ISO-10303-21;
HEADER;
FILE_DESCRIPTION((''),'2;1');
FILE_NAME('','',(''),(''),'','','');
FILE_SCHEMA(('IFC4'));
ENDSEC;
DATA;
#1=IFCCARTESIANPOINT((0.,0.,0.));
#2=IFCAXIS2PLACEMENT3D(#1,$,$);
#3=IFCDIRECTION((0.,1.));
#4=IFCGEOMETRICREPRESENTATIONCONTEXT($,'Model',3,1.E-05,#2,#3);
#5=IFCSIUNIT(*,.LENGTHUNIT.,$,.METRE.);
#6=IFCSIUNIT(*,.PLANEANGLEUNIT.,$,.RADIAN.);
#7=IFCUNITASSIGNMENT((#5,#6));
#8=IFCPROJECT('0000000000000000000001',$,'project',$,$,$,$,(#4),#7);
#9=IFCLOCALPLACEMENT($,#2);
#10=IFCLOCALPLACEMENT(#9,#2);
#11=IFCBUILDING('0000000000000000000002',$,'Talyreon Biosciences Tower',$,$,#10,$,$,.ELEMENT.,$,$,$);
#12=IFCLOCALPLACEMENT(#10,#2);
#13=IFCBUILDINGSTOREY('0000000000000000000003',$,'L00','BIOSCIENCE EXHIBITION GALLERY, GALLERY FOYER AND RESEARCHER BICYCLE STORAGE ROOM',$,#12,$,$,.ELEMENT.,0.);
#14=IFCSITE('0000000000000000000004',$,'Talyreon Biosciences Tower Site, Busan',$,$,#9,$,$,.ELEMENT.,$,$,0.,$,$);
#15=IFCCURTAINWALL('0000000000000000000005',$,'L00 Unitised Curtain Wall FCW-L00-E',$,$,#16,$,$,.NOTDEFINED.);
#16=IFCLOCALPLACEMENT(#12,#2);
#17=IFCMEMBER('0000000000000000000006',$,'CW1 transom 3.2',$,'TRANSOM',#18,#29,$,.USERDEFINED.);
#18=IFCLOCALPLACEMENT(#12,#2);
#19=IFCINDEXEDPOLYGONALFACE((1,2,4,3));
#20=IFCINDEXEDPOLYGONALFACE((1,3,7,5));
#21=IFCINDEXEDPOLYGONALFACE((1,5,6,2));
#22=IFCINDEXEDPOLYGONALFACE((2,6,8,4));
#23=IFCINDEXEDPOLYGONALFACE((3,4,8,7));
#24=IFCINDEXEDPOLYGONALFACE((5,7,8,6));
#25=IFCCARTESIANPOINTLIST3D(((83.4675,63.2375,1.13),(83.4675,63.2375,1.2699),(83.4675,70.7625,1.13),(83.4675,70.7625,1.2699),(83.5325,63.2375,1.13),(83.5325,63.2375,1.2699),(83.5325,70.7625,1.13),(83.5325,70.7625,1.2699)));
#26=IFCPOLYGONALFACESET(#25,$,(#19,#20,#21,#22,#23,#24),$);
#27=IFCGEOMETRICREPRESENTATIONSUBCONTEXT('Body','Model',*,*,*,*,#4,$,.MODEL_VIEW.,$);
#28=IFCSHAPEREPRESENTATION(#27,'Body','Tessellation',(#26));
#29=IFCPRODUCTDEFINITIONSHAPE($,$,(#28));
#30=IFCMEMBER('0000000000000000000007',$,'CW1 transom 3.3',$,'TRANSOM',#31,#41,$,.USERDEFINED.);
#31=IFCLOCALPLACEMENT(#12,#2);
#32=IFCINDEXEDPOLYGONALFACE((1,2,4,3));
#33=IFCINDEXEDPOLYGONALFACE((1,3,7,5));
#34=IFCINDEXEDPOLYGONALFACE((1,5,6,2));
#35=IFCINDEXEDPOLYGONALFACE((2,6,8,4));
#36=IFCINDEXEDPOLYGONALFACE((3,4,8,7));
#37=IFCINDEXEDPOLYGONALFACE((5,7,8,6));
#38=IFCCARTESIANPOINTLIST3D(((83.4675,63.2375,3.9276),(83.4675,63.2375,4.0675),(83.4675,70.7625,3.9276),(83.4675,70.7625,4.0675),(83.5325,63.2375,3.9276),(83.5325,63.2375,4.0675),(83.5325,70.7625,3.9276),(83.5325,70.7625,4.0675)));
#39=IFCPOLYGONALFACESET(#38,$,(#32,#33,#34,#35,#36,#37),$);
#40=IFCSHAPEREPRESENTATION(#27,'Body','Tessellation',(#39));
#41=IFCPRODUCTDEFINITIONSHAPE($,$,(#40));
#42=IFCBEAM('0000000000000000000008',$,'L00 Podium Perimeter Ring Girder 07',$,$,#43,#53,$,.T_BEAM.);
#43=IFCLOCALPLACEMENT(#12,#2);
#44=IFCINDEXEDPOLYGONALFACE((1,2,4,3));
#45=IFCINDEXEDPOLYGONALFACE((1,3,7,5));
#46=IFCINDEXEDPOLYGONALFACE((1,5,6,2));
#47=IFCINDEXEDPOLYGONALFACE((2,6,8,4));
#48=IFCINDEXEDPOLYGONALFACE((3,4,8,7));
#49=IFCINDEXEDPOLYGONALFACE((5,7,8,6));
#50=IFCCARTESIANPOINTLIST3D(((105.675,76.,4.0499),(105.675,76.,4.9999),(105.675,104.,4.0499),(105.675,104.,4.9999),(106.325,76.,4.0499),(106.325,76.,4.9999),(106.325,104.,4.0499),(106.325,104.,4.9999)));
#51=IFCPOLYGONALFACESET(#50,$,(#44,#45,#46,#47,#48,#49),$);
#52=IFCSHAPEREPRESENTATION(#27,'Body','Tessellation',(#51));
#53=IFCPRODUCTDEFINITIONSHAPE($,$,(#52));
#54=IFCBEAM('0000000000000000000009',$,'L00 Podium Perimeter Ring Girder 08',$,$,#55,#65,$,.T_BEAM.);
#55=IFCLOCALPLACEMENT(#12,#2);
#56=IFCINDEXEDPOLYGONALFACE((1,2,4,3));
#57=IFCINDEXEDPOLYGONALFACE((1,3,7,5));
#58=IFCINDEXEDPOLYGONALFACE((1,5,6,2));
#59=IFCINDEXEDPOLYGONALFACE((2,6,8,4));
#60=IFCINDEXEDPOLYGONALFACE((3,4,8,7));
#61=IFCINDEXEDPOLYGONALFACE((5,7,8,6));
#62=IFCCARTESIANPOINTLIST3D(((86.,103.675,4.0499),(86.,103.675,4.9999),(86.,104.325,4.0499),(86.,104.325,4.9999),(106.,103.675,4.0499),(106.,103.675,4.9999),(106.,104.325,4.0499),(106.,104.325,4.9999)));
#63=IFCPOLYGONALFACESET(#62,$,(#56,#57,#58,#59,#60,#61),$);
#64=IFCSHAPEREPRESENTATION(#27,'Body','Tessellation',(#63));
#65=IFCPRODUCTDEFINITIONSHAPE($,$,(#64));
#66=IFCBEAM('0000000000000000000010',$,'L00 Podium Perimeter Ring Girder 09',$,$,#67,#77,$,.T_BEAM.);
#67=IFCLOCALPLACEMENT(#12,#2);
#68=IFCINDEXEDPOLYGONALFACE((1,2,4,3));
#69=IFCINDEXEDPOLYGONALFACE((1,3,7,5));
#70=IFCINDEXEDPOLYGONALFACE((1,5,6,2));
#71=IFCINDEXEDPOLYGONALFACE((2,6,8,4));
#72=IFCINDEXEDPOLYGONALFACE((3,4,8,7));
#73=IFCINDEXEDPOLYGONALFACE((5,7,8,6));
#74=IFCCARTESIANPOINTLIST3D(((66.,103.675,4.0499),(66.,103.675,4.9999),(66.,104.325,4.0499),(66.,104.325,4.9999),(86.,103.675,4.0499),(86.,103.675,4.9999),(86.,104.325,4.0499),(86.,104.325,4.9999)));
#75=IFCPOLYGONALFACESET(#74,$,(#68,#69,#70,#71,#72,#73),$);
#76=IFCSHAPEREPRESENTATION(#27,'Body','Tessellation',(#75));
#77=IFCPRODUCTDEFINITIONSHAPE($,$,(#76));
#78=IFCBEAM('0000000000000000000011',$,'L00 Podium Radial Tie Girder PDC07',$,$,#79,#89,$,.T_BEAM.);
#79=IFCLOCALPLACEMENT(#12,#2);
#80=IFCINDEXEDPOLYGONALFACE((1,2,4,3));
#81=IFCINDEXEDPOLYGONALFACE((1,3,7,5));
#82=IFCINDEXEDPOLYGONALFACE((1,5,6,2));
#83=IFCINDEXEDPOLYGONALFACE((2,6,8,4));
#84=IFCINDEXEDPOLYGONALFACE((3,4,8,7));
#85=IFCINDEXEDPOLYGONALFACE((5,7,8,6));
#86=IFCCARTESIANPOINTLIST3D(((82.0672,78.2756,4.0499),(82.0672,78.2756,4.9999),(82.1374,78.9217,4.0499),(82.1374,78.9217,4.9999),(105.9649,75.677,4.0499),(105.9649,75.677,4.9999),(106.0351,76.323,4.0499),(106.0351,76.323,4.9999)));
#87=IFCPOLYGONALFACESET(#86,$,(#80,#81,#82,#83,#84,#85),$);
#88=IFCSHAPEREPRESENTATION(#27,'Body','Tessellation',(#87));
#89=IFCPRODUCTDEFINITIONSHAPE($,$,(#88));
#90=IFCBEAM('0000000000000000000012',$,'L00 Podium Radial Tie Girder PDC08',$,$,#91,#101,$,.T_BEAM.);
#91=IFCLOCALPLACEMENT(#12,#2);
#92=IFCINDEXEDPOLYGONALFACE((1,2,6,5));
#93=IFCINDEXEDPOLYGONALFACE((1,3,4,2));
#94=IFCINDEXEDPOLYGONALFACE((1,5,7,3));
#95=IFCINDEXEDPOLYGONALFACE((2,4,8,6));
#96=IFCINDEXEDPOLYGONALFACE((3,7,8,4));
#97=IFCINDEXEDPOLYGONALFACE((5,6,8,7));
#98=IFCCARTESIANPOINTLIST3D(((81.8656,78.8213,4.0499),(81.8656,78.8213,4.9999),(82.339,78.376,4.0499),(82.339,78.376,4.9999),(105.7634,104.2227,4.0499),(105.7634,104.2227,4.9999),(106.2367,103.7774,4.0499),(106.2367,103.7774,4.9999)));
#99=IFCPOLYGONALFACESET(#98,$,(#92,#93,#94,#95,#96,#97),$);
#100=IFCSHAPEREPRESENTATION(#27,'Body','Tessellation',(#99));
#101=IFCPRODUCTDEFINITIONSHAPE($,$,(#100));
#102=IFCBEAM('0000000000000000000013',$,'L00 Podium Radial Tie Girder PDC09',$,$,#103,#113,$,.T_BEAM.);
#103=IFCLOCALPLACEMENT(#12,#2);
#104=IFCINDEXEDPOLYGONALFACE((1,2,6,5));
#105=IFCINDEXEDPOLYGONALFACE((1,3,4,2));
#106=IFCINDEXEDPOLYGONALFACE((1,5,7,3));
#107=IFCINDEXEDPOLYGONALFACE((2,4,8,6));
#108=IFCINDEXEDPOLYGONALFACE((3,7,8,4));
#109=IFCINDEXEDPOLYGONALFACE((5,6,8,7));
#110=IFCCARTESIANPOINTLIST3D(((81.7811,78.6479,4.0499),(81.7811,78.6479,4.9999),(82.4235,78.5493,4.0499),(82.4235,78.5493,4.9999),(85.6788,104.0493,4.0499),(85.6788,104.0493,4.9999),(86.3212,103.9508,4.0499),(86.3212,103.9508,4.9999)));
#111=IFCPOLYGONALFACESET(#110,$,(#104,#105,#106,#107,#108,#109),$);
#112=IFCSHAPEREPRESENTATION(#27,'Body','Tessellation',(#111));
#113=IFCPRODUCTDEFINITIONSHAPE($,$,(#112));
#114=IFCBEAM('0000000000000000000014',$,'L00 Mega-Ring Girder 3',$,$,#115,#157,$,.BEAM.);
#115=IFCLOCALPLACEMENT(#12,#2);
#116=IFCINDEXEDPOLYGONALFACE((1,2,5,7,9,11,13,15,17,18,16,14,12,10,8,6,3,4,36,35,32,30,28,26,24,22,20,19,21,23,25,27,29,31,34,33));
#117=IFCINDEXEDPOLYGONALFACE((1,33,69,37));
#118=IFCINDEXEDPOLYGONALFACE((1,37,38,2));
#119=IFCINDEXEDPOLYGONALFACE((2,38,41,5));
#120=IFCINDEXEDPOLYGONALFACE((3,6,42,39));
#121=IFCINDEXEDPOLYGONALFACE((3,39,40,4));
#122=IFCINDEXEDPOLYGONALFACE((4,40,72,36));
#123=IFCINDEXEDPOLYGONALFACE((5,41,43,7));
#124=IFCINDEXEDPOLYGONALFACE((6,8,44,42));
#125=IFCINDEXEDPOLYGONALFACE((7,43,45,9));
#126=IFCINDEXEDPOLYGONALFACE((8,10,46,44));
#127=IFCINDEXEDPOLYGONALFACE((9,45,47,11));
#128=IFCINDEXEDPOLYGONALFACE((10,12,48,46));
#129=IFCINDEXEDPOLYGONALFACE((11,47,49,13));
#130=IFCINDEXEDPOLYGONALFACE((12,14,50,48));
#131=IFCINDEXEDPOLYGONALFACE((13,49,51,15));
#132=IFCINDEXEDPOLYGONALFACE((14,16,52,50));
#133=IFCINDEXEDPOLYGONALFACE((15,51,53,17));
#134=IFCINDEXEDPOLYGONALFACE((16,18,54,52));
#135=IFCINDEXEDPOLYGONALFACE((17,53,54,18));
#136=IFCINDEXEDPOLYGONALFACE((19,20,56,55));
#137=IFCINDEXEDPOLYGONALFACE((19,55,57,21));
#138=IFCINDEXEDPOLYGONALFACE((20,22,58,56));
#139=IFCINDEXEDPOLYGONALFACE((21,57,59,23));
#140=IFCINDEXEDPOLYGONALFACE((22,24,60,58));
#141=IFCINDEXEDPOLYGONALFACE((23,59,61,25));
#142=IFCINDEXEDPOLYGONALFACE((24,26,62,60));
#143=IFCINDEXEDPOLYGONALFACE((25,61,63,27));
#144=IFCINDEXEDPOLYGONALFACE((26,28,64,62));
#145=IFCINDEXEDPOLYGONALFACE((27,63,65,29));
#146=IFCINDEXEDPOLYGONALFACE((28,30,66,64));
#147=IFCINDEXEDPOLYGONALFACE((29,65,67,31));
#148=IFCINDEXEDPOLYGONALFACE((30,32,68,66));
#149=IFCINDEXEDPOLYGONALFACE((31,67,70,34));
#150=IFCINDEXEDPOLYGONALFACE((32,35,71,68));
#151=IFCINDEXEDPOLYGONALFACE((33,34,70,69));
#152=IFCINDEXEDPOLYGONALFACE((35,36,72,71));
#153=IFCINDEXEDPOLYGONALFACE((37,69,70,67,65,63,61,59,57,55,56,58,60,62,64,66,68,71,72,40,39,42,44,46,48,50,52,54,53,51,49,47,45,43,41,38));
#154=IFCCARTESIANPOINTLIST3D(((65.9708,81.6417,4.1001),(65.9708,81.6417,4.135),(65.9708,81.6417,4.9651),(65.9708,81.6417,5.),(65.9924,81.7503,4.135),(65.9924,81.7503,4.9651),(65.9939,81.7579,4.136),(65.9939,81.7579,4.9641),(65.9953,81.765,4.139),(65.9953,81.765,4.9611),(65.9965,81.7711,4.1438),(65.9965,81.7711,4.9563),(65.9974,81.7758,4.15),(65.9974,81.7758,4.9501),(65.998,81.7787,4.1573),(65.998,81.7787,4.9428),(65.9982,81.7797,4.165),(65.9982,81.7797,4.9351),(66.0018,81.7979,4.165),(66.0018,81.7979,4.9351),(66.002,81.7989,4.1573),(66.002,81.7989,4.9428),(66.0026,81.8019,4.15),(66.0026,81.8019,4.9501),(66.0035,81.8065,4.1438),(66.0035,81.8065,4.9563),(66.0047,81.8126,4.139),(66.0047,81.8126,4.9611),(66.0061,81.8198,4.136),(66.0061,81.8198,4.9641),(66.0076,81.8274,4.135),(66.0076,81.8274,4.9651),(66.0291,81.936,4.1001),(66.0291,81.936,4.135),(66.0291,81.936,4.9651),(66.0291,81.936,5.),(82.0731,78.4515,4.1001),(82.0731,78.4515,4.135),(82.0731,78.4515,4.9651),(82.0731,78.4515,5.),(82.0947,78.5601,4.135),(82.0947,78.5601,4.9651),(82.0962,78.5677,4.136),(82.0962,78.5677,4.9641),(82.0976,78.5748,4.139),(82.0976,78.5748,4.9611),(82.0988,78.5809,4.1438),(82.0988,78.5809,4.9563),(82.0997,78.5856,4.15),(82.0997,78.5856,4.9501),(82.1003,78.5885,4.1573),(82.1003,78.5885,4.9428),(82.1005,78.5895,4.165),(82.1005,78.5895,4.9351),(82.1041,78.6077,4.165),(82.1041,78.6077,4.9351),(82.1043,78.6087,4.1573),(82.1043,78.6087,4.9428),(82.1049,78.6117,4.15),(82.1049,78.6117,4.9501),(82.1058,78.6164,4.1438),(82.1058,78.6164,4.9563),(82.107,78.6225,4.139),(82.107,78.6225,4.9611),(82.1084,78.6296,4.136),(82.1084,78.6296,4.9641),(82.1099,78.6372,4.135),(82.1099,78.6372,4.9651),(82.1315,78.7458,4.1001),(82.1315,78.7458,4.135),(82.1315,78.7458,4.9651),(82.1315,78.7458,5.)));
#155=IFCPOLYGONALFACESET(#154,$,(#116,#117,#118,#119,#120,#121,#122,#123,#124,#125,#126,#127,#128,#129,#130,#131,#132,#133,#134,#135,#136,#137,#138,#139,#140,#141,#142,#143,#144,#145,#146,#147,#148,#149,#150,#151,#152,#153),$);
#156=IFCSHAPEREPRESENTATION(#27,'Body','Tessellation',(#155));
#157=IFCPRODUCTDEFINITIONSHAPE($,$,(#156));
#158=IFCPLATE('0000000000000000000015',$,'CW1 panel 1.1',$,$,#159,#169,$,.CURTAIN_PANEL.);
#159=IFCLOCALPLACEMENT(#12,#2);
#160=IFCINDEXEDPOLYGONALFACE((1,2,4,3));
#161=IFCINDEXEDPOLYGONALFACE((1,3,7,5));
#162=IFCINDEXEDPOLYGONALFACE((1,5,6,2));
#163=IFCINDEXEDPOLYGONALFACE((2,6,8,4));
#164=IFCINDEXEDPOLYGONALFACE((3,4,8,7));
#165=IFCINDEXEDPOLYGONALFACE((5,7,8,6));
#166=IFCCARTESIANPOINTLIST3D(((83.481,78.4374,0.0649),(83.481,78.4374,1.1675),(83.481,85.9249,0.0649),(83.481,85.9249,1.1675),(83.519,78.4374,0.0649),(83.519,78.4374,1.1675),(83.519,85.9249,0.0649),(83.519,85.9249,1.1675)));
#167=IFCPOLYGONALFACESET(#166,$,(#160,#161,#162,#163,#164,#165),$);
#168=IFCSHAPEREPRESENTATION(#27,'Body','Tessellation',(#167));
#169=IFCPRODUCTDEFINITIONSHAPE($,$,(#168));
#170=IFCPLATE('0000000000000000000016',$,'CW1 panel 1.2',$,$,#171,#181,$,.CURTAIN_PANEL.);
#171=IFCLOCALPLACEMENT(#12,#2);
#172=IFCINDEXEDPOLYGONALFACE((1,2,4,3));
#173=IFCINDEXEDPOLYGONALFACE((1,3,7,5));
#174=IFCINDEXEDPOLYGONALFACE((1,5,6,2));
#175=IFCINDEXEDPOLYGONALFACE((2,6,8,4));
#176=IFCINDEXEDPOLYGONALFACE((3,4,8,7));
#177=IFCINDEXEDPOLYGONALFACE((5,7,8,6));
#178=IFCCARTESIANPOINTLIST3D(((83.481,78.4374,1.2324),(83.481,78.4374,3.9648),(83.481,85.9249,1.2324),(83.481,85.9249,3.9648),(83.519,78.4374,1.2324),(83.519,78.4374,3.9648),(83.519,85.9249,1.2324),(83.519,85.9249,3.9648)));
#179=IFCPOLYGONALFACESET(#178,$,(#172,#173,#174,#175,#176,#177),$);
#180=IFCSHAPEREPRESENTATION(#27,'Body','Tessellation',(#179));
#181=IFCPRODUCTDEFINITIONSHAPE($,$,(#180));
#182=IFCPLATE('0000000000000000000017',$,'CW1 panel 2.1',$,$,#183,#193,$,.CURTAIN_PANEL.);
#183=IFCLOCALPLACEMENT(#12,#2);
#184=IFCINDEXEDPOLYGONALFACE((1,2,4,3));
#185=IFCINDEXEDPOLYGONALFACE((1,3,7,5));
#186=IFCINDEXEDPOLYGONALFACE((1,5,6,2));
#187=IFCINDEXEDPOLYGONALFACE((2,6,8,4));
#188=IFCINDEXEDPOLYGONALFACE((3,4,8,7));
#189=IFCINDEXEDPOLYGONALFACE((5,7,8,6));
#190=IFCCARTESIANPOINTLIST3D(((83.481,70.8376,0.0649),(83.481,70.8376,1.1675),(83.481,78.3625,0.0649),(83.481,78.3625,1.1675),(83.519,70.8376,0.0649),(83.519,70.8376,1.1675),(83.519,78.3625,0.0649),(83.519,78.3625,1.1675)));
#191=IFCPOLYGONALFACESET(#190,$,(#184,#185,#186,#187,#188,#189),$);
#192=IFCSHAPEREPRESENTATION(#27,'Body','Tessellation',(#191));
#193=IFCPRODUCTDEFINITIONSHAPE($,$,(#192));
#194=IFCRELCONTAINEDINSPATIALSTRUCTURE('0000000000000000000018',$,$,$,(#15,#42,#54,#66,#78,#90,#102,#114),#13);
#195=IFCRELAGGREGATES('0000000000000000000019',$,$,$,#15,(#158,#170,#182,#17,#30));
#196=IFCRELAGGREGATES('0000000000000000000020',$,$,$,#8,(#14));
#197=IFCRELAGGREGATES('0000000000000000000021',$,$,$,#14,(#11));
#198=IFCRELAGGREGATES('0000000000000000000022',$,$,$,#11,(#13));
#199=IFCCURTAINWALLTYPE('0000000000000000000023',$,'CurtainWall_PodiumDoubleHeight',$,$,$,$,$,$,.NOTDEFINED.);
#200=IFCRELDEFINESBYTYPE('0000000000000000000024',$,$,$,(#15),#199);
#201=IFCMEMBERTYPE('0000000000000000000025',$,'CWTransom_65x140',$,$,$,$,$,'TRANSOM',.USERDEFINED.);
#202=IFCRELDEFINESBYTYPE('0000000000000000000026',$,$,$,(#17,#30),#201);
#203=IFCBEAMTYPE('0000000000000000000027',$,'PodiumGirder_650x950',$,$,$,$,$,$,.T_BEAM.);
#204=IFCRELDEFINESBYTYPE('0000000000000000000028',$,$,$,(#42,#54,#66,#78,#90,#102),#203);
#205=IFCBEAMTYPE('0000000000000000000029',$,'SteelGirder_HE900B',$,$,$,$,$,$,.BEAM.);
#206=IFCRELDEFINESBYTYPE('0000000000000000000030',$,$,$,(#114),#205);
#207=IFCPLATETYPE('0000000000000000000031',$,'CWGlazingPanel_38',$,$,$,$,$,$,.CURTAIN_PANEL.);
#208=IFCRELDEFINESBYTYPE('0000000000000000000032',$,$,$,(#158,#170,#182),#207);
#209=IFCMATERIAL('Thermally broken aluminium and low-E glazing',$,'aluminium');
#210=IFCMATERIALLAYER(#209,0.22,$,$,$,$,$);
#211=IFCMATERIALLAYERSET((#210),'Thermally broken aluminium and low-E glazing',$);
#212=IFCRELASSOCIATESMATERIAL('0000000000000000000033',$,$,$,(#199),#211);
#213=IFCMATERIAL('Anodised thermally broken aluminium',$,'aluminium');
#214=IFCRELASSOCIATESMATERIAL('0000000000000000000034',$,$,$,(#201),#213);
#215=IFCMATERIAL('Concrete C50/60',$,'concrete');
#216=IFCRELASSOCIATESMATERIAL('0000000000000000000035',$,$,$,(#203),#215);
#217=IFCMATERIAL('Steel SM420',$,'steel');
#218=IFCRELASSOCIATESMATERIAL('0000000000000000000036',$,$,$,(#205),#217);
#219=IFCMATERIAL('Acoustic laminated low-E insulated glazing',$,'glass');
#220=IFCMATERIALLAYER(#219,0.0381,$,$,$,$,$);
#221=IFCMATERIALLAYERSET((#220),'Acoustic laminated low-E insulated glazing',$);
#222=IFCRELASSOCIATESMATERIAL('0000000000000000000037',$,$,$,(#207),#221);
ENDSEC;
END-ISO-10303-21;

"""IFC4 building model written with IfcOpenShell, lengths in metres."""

from ifc_helpers import new_model, si_unit, direction, frame, origin, origin_2d, place, context, subcontext, project, spatial, rectangle, i_section, extrude, material, layer, layer_set, material_profile, profile_set, type_object, element, aggregate, save


model = new_model("IFC4")

# Units and contexts
model_context = context("Model", 3, precision=1e-05, world=origin(), true_north=direction((0.0, 1.0)))
body_context = subcontext(model_context, "Body", "Model", "MODEL_VIEW")
ifc_project = project(units=[si_unit("LENGTHUNIT", "METRE"), si_unit("PLANEANGLEUNIT", "RADIAN")], contexts=[model_context])

# Site, building, storey
site_placement = place(None, origin())
site = spatial("IfcSite", under=ifc_project, at=site_placement, Name="Talyreon Biosciences Tower Site, Busan", CompositionType="ELEMENT", RefElevation=0.0)
building_placement = place(site_placement, origin())
building = spatial("IfcBuilding", under=site, at=building_placement, Name="Talyreon Biosciences Tower", CompositionType="ELEMENT")
storey_placement = place(building_placement, origin())
storey = spatial("IfcBuildingStorey", under=building, at=storey_placement, Name="L00", Description="BIOSCIENCE EXHIBITION GALLERY, GALLERY FOYER AND RESEARCHER BICYCLE STORAGE ROOM", CompositionType="ELEMENT", Elevation=0.0)

# Curtain wall, members
ifc_material_1 = material(Name="Thermally broken aluminium and low-E glazing", Category="aluminium")
ifc_layer_1 = layer(ifc_material_1, 0.22)
ifc_layer_set_1 = layer_set([ifc_layer_1], Name="Thermally broken aluminium and low-E glazing")
curtain_wall_type = type_object("IfcCurtainWallType", Name="CurtainWall_PodiumDoubleHeight", PredefinedType="NOTDEFINED", material=ifc_layer_set_1)
curtain_wall_placement = place(storey_placement, origin())
curtain_wall = element("IfcCurtainWall", 1, at=curtain_wall_placement, inside=storey, type_object=curtain_wall_type, Name="L00 Unitised Curtain Wall FCW-L00-E", PredefinedType="NOTDEFINED")
ifc_material_2 = material(Name="Anodised thermally broken aluminium", Category="aluminium")
ifc_material_profile_1 = material_profile(ifc_material_2, rectangle(XDim=0.0649, YDim=0.1399, at=origin_2d()), Name="ALUM TRANSOM 65x140")
ifc_profile_set_1 = profile_set([ifc_material_profile_1], Name="Anodised thermally broken aluminium")
member_type_1 = type_object("IfcMemberType", Name="CWTransom_65x140", ElementType="TRANSOM", PredefinedType="USERDEFINED", material=ifc_profile_set_1)
member_1_placement = place(storey_placement, frame((83.5, 70.7625, 1.2), z_axis=(0.0, -1.0, 0.0), x_axis=(1.0, 0.0, 0.0)))
member_1 = element("IfcMember", 2, at=member_1_placement, type_object=member_type_1, Name="CW1 transom 3.2", ObjectType="TRANSOM", PredefinedType="USERDEFINED", context=body_context, shape_type="SweptSolid", body=[
    extrude(rectangle(XDim=0.0649, YDim=0.1399, at=origin_2d()), origin(), (0.0, 0.0, 1.0), 7.5249),
])
member_2_placement = place(storey_placement, frame((83.5, 70.7625, 3.9976), z_axis=(0.0, -1.0, 0.0), x_axis=(1.0, 0.0, 0.0)))
member_2 = element("IfcMember", 3, at=member_2_placement, type_object=member_type_1, Name="CW1 transom 3.3", ObjectType="TRANSOM", PredefinedType="USERDEFINED", context=body_context, shape_type="SweptSolid", body=[
    extrude(rectangle(XDim=0.0649, YDim=0.1399, at=origin_2d()), origin(), (0.0, 0.0, 1.0), 7.5249),
])

# Beams
ifc_material_3 = material(Name="Concrete C50/60", Category="concrete")
ifc_material_profile_2 = material_profile(ifc_material_3, rectangle(XDim=0.6499, YDim=0.95, at=origin_2d()), Name="RCB 650x950")
ifc_profile_set_2 = profile_set([ifc_material_profile_2], Name="Concrete C50/60")
beam_type_1 = type_object("IfcBeamType", Name="PodiumGirder_650x950", PredefinedType="T_BEAM", material=ifc_profile_set_2)
beam_1_placement = place(storey_placement, frame((106.0, 76.0, 4.5249), z_axis=(0.0, 1.0, 0.0), x_axis=(-1.0, 0.0, 0.0)))
element("IfcBeam", 4, at=beam_1_placement, inside=storey, type_object=beam_type_1, Name="L00 Podium Perimeter Ring Girder 07", PredefinedType="T_BEAM", context=body_context, shape_type="SweptSolid", body=[
    extrude(rectangle(XDim=0.6499, YDim=0.95, at=origin_2d()), origin(), (0.0, 0.0, 1.0), 28.0),
])
for number, where, z_axis, x_axis, name in (
    (5, (106.0, 104.0, 4.5249), (-1.0, 0.0, 0.0), (0.0, -1.0, 0.0), "L00 Podium Perimeter Ring Girder 08"),
    (6, (86.0, 104.0, 4.5249), (-1.0, 0.0, 0.0), (0.0, -1.0, 0.0), "L00 Podium Perimeter Ring Girder 09"),
):
    element("IfcBeam", number, at=place(storey_placement, frame(where, z_axis=z_axis, x_axis=x_axis)), inside=storey, type_object=beam_type_1, Name=name, PredefinedType="T_BEAM", context=body_context, shape_type="SweptSolid", body=[
        extrude(rectangle(XDim=0.6499, YDim=0.95, at=origin_2d()), origin(), (0.0, 0.0, 1.0), 20.0),
    ])
beam_2_placement = place(storey_placement, frame((82.1023, 78.5986, 4.5249), z_axis=(0.99414, -0.108103, 0.0), x_axis=(0.108103, 0.99414, 0.0)))
element("IfcBeam", 7, at=beam_2_placement, inside=storey, type_object=beam_type_1, Name="L00 Podium Radial Tie Girder PDC07", PredefinedType="T_BEAM", context=body_context, shape_type="SweptSolid", body=[
    extrude(rectangle(XDim=0.6499, YDim=0.95, at=origin_2d()), origin(), (0.0, 0.0, 1.0), 24.0386),
])
beam_3_placement = place(storey_placement, frame((82.1023, 78.5986, 4.5249), z_axis=(0.685221, 0.728335, 0.0), x_axis=(-0.728335, 0.685221, 0.0)))
element("IfcBeam", 8, at=beam_3_placement, inside=storey, type_object=beam_type_1, Name="L00 Podium Radial Tie Girder PDC08", PredefinedType="T_BEAM", context=body_context, shape_type="SweptSolid", body=[
    extrude(rectangle(XDim=0.6499, YDim=0.95, at=origin_2d()), origin(), (0.0, 0.0, 1.0), 34.876),
])
beam_4_placement = place(storey_placement, frame((82.1023, 78.5986, 4.5249), z_axis=(0.15167, 0.988431, 0.0), x_axis=(-0.988431, 0.15167, 0.0)))
element("IfcBeam", 9, at=beam_4_placement, inside=storey, type_object=beam_type_1, Name="L00 Podium Radial Tie Girder PDC09", PredefinedType="T_BEAM", context=body_context, shape_type="SweptSolid", body=[
    extrude(rectangle(XDim=0.6499, YDim=0.95, at=origin_2d()), origin(), (0.0, 0.0, 1.0), 25.6987),
])
ifc_material_4 = material(Name="Steel SM420", Category="steel")
ifc_material_profile_3 = material_profile(ifc_material_4, i_section(OverallWidth=0.3, OverallDepth=0.8999, WebThickness=0.0186, FlangeThickness=0.0349, FilletRadius=0.03, at=origin_2d()), Name="HE900B")
ifc_profile_set_3 = profile_set([ifc_material_profile_3], Name="Steel SM420")
beam_type_2 = type_object("IfcBeamType", Name="SteelGirder_HE900B", PredefinedType="BEAM", material=ifc_profile_set_3)
beam_5_placement = place(storey_placement, frame((82.1023, 78.5986, 4.55), z_axis=(-0.980934, 0.194343, 0.0), x_axis=(-0.194343, -0.980934, 0.0)))
element("IfcBeam", 10, at=beam_5_placement, inside=storey, type_object=beam_type_2, Name="L00 Mega-Ring Girder 3", PredefinedType="BEAM", context=body_context, shape_type="SweptSolid", body=[
    extrude(i_section(OverallWidth=0.3, OverallDepth=0.8999, WebThickness=0.0186, FlangeThickness=0.0349, FilletRadius=0.03, at=origin_2d()), origin(), (0.0, 0.0, 1.0), 16.4153),
])

# Plates
ifc_material_5 = material(Name="Acoustic laminated low-E insulated glazing", Category="glass")
ifc_layer_2 = layer(ifc_material_5, 0.0381)
ifc_layer_set_2 = layer_set([ifc_layer_2], Name="Acoustic laminated low-E insulated glazing")
plate_type = type_object("IfcPlateType", Name="CWGlazingPanel_38", PredefinedType="CURTAIN_PANEL", material=ifc_layer_set_2)
plate_1_placement = place(storey_placement, frame((83.5, 82.1812, 0.0649), z_axis=(0.0, 0.0, 1.0), x_axis=(0.0, -1.0, 0.0)))
plate_1 = element("IfcPlate", 11, at=plate_1_placement, type_object=plate_type, Name="CW1 panel 1.1", PredefinedType="CURTAIN_PANEL", context=body_context, shape_type="SweptSolid", body=[
    extrude(rectangle(XDim=7.4875, YDim=0.0381, at=origin_2d()), origin(), (0.0, 0.0, 1.0), 1.1025),
])
plate_2_placement = place(storey_placement, frame((83.5, 82.1812, 1.2324), z_axis=(0.0, 0.0, 1.0), x_axis=(0.0, -1.0, 0.0)))
plate_2 = element("IfcPlate", 12, at=plate_2_placement, type_object=plate_type, Name="CW1 panel 1.2", PredefinedType="CURTAIN_PANEL", context=body_context, shape_type="SweptSolid", body=[
    extrude(rectangle(XDim=7.4875, YDim=0.0381, at=origin_2d()), origin(), (0.0, 0.0, 1.0), 2.7324),
])
plate_3_placement = place(storey_placement, frame((83.5, 74.6001, 0.0649), z_axis=(0.0, 0.0, 1.0), x_axis=(0.0, -1.0, 0.0)))
plate_3 = element("IfcPlate", 13, at=plate_3_placement, type_object=plate_type, Name="CW1 panel 2.1", PredefinedType="CURTAIN_PANEL", context=body_context, shape_type="SweptSolid", body=[
    extrude(rectangle(XDim=7.5249, YDim=0.0381, at=origin_2d()), origin(), (0.0, 0.0, 1.0), 1.1025),
])
aggregate(curtain_wall, [plate_1, plate_2, plate_3, member_1, member_2])

save(model, "model.ifc")
